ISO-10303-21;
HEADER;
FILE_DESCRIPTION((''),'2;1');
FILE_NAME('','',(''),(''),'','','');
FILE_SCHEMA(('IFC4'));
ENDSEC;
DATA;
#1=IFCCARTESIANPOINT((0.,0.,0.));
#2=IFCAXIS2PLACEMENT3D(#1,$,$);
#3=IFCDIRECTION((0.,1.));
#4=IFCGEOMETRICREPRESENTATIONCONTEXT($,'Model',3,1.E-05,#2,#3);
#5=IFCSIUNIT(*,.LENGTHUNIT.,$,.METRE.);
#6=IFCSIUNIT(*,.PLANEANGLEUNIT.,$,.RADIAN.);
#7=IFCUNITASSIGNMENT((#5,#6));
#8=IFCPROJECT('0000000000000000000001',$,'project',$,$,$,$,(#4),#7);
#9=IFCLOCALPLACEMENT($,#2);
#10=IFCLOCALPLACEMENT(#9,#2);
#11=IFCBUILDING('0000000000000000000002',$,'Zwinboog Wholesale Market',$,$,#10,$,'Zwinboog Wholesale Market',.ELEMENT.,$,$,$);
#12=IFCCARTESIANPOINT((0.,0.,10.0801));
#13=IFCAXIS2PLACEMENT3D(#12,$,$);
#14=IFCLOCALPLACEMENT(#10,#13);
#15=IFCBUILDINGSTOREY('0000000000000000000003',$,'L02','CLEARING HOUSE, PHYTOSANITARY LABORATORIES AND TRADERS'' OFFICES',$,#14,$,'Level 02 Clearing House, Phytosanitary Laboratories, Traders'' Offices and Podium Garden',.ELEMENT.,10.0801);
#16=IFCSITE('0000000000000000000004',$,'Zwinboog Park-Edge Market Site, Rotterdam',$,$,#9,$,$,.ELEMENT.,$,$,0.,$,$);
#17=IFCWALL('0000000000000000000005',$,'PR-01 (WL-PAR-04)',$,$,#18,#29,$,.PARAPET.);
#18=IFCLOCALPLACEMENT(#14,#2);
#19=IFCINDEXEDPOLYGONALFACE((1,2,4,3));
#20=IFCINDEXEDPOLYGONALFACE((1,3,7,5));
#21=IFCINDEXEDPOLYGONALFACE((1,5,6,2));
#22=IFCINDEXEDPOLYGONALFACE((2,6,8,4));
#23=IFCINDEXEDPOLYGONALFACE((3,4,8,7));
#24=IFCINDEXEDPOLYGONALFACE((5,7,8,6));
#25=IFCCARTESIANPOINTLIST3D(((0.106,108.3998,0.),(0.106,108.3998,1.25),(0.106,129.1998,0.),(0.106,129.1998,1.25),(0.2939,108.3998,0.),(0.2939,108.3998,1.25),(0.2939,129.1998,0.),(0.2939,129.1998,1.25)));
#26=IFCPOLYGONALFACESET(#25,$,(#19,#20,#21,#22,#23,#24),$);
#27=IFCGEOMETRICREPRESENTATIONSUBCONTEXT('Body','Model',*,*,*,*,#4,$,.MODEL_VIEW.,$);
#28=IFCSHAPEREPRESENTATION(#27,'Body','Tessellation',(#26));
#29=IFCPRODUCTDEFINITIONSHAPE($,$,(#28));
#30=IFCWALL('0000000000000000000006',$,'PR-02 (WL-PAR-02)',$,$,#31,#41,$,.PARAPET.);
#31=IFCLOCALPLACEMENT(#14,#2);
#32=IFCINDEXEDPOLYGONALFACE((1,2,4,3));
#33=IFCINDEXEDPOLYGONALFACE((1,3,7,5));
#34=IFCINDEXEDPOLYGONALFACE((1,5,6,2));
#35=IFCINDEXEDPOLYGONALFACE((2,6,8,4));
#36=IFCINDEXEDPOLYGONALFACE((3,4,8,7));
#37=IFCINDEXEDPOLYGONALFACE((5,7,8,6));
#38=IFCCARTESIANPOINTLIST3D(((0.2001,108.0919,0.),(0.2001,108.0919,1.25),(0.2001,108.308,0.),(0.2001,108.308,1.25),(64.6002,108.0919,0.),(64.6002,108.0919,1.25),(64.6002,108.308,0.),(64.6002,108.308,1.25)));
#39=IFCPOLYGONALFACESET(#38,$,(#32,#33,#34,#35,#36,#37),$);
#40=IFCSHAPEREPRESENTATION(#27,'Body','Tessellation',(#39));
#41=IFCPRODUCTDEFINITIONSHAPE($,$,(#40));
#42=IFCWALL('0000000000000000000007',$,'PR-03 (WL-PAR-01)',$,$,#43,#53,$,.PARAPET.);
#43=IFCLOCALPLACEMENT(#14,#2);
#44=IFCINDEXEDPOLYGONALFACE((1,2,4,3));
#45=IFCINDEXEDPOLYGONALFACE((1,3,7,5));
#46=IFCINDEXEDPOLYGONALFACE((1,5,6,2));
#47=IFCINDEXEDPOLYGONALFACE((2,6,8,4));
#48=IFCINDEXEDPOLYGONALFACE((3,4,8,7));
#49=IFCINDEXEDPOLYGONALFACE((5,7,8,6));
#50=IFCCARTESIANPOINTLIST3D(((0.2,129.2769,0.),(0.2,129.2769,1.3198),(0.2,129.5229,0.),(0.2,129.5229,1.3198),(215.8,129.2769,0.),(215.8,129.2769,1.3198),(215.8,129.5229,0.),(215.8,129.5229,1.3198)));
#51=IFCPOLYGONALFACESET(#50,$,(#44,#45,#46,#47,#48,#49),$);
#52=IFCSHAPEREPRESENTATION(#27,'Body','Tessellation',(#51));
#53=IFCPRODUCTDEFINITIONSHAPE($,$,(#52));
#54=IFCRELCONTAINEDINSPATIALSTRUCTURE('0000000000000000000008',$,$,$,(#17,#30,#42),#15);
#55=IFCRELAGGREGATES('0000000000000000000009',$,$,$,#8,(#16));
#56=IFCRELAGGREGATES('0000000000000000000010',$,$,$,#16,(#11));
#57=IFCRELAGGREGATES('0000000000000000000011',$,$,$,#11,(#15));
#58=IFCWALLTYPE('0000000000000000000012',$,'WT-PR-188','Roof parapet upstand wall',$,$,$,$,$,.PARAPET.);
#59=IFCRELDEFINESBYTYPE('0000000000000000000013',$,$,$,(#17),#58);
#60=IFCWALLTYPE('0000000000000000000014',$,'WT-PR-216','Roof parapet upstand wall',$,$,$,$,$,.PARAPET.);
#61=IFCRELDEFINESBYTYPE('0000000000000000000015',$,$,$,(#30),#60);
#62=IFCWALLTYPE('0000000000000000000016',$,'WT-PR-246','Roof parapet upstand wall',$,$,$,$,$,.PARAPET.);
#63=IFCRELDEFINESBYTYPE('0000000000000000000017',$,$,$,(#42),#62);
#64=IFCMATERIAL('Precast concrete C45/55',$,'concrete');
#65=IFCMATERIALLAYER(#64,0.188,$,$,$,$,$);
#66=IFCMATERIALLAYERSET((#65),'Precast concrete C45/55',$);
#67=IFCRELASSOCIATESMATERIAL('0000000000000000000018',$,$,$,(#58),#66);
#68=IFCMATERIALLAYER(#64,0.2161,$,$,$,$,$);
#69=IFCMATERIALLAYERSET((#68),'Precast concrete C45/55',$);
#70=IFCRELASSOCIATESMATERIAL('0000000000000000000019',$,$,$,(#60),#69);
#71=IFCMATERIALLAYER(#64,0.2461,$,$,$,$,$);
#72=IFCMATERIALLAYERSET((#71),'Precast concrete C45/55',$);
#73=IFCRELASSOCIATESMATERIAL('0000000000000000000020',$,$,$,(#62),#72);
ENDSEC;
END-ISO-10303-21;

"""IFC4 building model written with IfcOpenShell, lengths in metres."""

from ifc_helpers import new_model, si_unit, direction, frame, frame_2d, origin, place, context, subcontext, project, spatial, rectangle, extrude, material, layer, layer_set, type_object, element, save


model = new_model("IFC4")

# Units and contexts
model_context = context("Model", 3, precision=1e-05, world=origin(), true_north=direction((0.0, 1.0)))
body_context = subcontext(model_context, "Body", "Model", "MODEL_VIEW")
ifc_project = project(units=[si_unit("LENGTHUNIT", "METRE"), si_unit("PLANEANGLEUNIT", "RADIAN")], contexts=[model_context])

# Site, building, storey
site_placement = place(None, origin())
site = spatial("IfcSite", under=ifc_project, at=site_placement, Name="Zwinboog Park-Edge Market Site, Rotterdam", CompositionType="ELEMENT", RefElevation=0.0)
building_placement = place(site_placement, origin())
building = spatial("IfcBuilding", under=site, at=building_placement, Name="Zwinboog Wholesale Market", LongName="Zwinboog Wholesale Market", CompositionType="ELEMENT")
storey_placement = place(building_placement, frame((0.0, 0.0, 10.0801)))
storey = spatial("IfcBuildingStorey", under=building, at=storey_placement, Name="L02", Description="CLEARING HOUSE, PHYTOSANITARY LABORATORIES AND TRADERS' OFFICES", LongName="Level 02 Clearing House, Phytosanitary Laboratories, Traders' Offices and Podium Garden", CompositionType="ELEMENT", Elevation=10.0801)

# Shared definitions
ifc_material_1 = material(Name="Precast concrete C45/55", Category="concrete")

# Walls
ifc_layer_1 = layer(ifc_material_1, 0.188)
ifc_layer_set_1 = layer_set([ifc_layer_1], Name="Precast concrete C45/55")
wall_type_1 = type_object("IfcWallType", Name="WT-PR-188", Description="Roof parapet upstand wall", PredefinedType="PARAPET", material=ifc_layer_set_1)
wall_1_placement = place(storey_placement, frame((0.2, 108.3999, 0.0), z_axis=(0.0, 0.0, 1.0), x_axis=(0.0, 1.0, 0.0)))
element("IfcWall", 1, at=wall_1_placement, inside=storey, type_object=wall_type_1, Name="PR-01 (WL-PAR-04)", PredefinedType="PARAPET", context=body_context, shape_type="SweptSolid", body=[
    extrude(rectangle(XDim=20.8, YDim=0.188, at=frame_2d((10.3999, 0.0))), origin(), (0.0, 0.0, 1.0), 1.25),
])
ifc_layer_2 = layer(ifc_material_1, 0.2161)
ifc_layer_set_2 = layer_set([ifc_layer_2], Name="Precast concrete C45/55")
wall_type_2 = type_object("IfcWallType", Name="WT-PR-216", Description="Roof parapet upstand wall", PredefinedType="PARAPET", material=ifc_layer_set_2)
wall_2_placement = place(storey_placement, frame((0.2, 108.2, 0.0), z_axis=(0.0, 0.0, 1.0), x_axis=(1.0, 0.0, 0.0)))
element("IfcWall", 2, at=wall_2_placement, inside=storey, type_object=wall_type_2, Name="PR-02 (WL-PAR-02)", PredefinedType="PARAPET", context=body_context, shape_type="SweptSolid", body=[
    extrude(rectangle(XDim=64.4001, YDim=0.2161, at=frame_2d((32.2002, 0.0))), origin(), (0.0, 0.0, 1.0), 1.25),
])
ifc_layer_3 = layer(ifc_material_1, 0.2461)
ifc_layer_set_3 = layer_set([ifc_layer_3], Name="Precast concrete C45/55")
wall_type_3 = type_object("IfcWallType", Name="WT-PR-246", Description="Roof parapet upstand wall", PredefinedType="PARAPET", material=ifc_layer_set_3)
wall_3_placement = place(storey_placement, frame((0.2, 129.3999, 0.0), z_axis=(0.0, 0.0, 1.0), x_axis=(1.0, 0.0, 0.0)))
element("IfcWall", 3, at=wall_3_placement, inside=storey, type_object=wall_type_3, Name="PR-03 (WL-PAR-01)", PredefinedType="PARAPET", context=body_context, shape_type="SweptSolid", body=[
    extrude(rectangle(XDim=215.6001, YDim=0.2461, at=frame_2d((107.8, 0.0))), origin(), (0.0, 0.0, 1.0), 1.3198),
])

save(model, "model.ifc")
